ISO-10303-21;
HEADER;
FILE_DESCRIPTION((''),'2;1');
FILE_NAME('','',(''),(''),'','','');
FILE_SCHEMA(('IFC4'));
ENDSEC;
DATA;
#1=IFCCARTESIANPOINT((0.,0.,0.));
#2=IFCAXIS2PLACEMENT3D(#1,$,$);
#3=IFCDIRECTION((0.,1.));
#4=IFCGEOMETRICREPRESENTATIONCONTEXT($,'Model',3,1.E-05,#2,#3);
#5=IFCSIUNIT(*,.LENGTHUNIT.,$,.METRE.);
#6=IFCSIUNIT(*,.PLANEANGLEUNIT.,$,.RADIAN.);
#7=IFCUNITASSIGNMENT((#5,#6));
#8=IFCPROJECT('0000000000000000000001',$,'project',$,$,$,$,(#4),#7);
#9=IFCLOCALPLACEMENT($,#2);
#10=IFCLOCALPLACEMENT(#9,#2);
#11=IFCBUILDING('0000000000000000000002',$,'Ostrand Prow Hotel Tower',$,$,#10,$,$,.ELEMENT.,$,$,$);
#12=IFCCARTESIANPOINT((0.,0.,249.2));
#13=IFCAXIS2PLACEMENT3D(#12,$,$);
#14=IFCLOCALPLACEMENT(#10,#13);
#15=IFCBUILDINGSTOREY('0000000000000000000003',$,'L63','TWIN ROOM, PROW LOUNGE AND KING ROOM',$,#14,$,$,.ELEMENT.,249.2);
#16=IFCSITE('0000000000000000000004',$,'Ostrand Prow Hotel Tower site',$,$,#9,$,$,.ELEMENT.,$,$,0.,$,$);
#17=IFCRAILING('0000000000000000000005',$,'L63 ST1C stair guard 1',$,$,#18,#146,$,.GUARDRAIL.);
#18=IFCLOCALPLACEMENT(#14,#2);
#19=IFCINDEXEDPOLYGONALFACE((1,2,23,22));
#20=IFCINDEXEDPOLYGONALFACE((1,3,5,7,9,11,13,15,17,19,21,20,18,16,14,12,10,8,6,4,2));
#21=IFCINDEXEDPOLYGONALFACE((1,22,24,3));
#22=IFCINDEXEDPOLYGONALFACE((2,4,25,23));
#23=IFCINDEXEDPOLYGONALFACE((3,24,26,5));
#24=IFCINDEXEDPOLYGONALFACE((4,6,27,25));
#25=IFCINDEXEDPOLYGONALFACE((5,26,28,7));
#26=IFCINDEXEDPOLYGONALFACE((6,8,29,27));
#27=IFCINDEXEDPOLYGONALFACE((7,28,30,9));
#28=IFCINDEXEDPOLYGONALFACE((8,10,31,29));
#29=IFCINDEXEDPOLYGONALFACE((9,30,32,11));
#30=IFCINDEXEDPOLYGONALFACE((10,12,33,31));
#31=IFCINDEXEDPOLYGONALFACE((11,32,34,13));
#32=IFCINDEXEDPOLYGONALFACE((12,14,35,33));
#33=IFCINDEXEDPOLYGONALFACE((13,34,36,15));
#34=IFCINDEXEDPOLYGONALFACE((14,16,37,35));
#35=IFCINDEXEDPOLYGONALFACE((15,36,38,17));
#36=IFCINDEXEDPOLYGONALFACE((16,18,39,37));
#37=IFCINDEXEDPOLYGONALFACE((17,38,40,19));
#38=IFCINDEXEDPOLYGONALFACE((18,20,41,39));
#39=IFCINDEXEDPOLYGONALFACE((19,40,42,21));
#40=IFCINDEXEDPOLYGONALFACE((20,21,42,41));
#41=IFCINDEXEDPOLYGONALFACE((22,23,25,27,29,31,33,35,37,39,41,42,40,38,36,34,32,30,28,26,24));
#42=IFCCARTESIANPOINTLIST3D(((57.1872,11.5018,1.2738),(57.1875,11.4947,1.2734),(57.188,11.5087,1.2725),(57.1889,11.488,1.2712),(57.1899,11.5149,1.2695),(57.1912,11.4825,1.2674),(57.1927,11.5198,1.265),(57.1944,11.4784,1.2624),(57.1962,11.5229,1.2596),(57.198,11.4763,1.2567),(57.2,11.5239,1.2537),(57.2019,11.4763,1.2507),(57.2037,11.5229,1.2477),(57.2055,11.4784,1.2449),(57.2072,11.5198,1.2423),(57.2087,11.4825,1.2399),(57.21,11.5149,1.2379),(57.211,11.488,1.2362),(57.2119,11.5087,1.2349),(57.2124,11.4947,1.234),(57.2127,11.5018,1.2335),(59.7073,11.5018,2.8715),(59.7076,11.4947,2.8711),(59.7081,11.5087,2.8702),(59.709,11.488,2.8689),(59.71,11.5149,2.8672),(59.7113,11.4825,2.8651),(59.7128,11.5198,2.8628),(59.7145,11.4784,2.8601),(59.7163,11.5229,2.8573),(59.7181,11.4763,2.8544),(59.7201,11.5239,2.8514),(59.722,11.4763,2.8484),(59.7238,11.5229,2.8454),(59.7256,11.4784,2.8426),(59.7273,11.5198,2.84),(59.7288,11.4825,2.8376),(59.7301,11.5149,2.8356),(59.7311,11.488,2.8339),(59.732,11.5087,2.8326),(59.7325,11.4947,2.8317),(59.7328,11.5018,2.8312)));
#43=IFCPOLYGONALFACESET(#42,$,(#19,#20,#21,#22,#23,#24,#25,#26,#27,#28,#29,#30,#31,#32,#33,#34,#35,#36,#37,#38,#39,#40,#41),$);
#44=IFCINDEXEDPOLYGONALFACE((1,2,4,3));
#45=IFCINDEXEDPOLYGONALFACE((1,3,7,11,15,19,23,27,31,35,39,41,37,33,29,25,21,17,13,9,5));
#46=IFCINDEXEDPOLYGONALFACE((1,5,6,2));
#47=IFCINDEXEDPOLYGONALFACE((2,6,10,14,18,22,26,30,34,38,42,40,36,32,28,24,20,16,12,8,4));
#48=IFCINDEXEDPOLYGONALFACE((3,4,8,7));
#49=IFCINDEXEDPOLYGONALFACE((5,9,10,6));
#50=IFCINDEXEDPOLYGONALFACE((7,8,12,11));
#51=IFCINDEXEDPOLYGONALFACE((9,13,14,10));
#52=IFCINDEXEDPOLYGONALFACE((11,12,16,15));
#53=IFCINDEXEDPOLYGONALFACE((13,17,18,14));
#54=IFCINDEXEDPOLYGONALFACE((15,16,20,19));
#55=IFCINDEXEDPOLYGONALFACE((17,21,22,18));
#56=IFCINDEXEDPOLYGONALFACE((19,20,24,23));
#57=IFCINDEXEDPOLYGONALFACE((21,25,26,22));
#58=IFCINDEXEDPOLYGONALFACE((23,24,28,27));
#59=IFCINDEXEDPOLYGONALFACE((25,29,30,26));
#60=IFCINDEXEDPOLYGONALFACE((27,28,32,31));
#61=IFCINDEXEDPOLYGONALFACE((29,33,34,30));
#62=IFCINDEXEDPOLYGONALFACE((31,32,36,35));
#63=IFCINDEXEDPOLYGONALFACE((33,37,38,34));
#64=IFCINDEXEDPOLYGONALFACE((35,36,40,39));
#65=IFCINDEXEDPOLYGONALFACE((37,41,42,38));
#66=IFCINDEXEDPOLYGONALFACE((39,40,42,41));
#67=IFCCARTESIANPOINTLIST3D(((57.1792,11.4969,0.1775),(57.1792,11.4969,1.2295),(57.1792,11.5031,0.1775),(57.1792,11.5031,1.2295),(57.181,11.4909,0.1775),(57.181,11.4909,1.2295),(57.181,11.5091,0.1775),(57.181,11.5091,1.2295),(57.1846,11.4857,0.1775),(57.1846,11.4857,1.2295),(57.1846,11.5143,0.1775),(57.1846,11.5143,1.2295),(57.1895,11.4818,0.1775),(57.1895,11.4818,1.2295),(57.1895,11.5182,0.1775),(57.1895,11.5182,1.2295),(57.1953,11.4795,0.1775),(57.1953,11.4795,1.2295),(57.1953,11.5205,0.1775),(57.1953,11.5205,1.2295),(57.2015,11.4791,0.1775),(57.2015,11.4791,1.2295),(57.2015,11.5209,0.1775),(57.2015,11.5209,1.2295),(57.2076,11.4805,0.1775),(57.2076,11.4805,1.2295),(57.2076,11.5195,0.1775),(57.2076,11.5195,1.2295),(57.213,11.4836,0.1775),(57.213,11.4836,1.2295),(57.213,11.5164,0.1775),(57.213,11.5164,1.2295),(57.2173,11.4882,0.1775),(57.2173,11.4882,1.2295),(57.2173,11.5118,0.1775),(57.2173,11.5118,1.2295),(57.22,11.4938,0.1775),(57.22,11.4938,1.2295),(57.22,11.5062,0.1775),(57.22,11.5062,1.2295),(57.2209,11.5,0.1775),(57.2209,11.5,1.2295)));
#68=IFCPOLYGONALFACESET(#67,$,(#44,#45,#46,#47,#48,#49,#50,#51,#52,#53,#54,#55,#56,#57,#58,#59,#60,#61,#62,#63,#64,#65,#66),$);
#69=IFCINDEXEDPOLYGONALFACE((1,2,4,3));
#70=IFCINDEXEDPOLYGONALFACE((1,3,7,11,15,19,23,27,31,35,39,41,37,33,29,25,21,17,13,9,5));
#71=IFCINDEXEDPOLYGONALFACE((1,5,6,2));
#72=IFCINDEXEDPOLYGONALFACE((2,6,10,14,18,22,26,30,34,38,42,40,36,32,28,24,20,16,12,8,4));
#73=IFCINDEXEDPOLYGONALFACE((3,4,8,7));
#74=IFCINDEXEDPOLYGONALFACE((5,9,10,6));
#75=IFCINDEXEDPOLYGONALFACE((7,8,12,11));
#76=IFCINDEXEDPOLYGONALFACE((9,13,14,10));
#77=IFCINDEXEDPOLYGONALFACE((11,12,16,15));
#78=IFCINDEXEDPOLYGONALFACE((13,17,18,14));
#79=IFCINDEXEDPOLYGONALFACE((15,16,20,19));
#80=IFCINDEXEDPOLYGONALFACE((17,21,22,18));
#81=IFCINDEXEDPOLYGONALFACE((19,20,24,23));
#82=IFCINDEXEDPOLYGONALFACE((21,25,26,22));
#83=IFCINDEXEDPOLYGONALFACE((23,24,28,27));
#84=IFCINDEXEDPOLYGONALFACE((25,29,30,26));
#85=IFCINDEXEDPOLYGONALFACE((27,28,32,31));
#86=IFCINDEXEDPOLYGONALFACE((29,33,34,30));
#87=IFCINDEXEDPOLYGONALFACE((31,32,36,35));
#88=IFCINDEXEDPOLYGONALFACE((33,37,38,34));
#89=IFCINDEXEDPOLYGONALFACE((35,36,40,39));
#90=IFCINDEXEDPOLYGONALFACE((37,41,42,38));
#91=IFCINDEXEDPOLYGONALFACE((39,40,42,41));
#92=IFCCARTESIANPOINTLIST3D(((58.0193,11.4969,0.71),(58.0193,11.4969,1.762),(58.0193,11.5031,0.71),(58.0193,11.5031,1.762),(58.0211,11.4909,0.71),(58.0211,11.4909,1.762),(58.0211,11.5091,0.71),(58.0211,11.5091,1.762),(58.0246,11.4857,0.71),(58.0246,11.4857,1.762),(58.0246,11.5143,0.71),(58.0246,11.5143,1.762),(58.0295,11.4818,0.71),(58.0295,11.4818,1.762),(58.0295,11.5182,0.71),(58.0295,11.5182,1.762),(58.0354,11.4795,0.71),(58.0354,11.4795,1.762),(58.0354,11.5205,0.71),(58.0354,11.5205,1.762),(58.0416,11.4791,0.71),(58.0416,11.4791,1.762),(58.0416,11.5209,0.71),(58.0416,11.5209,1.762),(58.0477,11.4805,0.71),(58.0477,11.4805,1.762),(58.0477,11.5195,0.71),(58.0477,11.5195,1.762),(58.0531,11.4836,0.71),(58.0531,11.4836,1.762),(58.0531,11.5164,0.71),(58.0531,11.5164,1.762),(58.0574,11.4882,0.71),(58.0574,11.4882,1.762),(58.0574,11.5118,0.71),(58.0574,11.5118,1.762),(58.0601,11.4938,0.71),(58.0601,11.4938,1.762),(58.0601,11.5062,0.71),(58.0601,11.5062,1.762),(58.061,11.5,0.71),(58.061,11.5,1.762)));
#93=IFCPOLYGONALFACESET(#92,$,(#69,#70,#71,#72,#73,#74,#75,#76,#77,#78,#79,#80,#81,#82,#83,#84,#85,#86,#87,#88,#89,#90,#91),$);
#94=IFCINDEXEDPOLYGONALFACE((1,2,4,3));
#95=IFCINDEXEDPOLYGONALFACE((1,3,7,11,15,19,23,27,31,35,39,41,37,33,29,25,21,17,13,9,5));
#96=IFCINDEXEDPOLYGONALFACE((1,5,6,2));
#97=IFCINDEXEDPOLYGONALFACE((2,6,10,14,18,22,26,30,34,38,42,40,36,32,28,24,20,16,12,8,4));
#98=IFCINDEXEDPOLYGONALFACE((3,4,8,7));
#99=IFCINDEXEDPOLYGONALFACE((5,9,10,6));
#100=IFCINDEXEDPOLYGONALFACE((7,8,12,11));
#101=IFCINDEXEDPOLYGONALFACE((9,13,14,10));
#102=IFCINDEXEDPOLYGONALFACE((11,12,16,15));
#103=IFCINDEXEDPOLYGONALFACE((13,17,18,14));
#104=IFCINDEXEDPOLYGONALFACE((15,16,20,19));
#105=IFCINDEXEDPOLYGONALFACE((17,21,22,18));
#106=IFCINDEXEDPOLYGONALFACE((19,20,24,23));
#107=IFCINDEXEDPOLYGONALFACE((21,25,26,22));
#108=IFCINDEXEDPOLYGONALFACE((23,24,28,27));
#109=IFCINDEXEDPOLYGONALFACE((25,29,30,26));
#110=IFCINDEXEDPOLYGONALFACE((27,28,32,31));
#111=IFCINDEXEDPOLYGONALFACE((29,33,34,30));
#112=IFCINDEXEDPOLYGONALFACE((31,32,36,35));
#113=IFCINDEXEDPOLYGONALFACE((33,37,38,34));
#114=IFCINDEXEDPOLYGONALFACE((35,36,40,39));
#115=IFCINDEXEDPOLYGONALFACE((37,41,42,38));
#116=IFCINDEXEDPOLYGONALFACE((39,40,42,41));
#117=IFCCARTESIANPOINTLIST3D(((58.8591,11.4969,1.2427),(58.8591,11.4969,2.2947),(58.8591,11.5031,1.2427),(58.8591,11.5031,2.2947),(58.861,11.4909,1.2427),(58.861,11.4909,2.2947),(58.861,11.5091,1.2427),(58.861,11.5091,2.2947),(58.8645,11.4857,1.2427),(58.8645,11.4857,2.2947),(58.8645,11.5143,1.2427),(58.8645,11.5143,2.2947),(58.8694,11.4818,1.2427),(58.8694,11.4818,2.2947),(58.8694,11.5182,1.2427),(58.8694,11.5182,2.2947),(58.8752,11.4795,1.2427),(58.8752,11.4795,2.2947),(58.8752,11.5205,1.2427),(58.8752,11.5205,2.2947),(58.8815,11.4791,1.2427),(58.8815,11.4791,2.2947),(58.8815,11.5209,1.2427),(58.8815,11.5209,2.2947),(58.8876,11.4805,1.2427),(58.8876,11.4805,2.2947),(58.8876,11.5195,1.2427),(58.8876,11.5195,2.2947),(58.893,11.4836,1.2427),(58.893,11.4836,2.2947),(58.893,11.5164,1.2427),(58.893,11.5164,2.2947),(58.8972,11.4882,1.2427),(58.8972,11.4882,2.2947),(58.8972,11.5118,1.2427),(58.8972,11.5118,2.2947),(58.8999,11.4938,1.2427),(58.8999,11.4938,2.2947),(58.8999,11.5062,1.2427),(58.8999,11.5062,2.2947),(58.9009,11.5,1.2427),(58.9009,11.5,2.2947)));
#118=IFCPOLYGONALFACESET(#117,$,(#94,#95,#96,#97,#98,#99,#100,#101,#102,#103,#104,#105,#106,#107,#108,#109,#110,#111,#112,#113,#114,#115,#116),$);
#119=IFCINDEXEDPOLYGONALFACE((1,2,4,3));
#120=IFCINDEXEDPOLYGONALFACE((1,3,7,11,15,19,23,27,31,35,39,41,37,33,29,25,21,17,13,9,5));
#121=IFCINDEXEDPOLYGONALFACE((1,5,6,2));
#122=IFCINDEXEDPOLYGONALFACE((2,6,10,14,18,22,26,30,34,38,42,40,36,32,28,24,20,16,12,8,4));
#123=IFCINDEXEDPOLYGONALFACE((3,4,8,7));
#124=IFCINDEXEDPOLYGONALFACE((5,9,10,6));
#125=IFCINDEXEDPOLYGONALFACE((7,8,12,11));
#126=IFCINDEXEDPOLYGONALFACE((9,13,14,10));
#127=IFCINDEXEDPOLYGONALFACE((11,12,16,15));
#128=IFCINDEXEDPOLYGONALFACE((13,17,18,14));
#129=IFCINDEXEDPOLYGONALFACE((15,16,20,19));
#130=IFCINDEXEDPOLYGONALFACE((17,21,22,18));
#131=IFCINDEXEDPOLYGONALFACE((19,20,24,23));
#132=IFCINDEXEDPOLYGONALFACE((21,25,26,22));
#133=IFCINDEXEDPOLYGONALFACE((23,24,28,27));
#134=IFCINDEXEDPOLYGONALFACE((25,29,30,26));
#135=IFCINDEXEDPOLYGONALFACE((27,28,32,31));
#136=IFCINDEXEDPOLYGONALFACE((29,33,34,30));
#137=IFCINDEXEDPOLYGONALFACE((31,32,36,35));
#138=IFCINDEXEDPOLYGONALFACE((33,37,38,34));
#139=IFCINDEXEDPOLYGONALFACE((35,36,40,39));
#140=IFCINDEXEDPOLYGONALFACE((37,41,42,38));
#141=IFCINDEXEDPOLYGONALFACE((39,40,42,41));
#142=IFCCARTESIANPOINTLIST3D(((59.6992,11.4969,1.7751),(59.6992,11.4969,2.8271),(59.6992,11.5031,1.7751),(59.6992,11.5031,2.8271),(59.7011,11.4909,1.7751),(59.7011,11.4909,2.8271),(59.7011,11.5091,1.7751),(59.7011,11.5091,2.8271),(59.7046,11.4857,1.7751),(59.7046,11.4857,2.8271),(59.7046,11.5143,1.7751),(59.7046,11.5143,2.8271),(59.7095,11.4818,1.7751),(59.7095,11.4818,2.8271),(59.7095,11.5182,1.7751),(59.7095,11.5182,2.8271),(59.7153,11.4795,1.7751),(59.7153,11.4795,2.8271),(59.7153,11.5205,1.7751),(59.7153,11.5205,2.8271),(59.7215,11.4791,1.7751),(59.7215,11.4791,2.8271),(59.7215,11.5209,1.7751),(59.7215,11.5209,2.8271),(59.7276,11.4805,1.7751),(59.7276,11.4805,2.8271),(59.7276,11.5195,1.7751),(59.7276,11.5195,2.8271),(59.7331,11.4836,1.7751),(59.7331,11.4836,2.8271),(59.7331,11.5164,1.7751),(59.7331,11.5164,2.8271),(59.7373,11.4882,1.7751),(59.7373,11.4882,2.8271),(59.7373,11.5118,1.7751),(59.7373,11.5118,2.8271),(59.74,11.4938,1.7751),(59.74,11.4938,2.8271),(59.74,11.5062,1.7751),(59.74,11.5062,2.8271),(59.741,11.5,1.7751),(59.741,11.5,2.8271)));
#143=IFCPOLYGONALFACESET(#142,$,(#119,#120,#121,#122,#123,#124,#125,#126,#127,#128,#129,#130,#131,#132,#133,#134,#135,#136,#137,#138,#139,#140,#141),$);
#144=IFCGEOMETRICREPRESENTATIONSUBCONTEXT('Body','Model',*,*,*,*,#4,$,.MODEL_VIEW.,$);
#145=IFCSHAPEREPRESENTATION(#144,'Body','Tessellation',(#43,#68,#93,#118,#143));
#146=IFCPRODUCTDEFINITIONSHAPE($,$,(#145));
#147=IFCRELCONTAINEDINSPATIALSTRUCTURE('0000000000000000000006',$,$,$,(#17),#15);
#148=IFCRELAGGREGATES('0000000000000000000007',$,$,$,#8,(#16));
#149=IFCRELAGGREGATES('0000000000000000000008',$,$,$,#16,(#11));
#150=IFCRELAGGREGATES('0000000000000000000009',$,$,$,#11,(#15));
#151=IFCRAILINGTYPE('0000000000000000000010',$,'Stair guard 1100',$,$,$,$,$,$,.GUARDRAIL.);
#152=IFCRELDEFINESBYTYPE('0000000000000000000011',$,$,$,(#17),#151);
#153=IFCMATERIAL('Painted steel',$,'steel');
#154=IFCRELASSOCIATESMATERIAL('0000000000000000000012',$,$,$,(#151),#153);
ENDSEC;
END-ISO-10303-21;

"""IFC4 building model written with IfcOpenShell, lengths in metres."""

from ifc_helpers import new_model, si_unit, direction, frame, origin, origin_2d, place, context, subcontext, project, spatial, circle, extrude, material, type_object, element, save


model = new_model("IFC4")

# Units and contexts
model_context = context("Model", 3, precision=1e-05, world=origin(), true_north=direction((0.0, 1.0)))
body_context = subcontext(model_context, "Body", "Model", "MODEL_VIEW")
ifc_project = project(units=[si_unit("LENGTHUNIT", "METRE"), si_unit("PLANEANGLEUNIT", "RADIAN")], contexts=[model_context])

# Site, building, storey
site_placement = place(None, origin())
site = spatial("IfcSite", under=ifc_project, at=site_placement, Name="Ostrand Prow Hotel Tower site", CompositionType="ELEMENT", RefElevation=0.0)
building_placement = place(site_placement, origin())
building = spatial("IfcBuilding", under=site, at=building_placement, Name="Ostrand Prow Hotel Tower", CompositionType="ELEMENT")
storey_placement = place(building_placement, frame((0.0, 0.0, 249.2)))
storey = spatial("IfcBuildingStorey", under=building, at=storey_placement, Name="L63", Description="TWIN ROOM, PROW LOUNGE AND KING ROOM", CompositionType="ELEMENT", Elevation=249.2)

# Railing
ifc_material_1 = material(Name="Painted steel", Category="steel")
railing_type_1 = type_object("IfcRailingType", Name="Stair guard 1100", PredefinedType="GUARDRAIL", material=ifc_material_1)
railing_1_placement = place(storey_placement, frame((57.2, 11.5, 0.1775)))
element("IfcRailing", 1, at=railing_1_placement, inside=storey, type_object=railing_type_1, Name="L63 ST1C stair guard 1", PredefinedType="GUARDRAIL", context=body_context, shape_type="SweptSolid", body=[
    extrude(circle(Radius=0.0239, at=origin_2d()), frame((0.0, 0.0, 1.0762), z_axis=(0.84457, 0.0, 0.535445), x_axis=(0.0, 1.0, 0.0)), (0.0, 0.0, 1.0), 2.9839),
    extrude(circle(Radius=0.021, at=origin_2d()), origin(), (0.0, 0.0, 1.0), 1.052),
    extrude(circle(Radius=0.021, at=origin_2d()), frame((0.8401, 0.0, 0.5325)), (0.0, 0.0, 1.0), 1.052),
    extrude(circle(Radius=0.021, at=origin_2d()), frame((1.6799, 0.0, 1.0652)), (0.0, 0.0, 1.0), 1.052),
    extrude(circle(Radius=0.021, at=origin_2d()), frame((2.52, 0.0, 1.5977)), (0.0, 0.0, 1.0), 1.052),
])

save(model, "model.ifc")
